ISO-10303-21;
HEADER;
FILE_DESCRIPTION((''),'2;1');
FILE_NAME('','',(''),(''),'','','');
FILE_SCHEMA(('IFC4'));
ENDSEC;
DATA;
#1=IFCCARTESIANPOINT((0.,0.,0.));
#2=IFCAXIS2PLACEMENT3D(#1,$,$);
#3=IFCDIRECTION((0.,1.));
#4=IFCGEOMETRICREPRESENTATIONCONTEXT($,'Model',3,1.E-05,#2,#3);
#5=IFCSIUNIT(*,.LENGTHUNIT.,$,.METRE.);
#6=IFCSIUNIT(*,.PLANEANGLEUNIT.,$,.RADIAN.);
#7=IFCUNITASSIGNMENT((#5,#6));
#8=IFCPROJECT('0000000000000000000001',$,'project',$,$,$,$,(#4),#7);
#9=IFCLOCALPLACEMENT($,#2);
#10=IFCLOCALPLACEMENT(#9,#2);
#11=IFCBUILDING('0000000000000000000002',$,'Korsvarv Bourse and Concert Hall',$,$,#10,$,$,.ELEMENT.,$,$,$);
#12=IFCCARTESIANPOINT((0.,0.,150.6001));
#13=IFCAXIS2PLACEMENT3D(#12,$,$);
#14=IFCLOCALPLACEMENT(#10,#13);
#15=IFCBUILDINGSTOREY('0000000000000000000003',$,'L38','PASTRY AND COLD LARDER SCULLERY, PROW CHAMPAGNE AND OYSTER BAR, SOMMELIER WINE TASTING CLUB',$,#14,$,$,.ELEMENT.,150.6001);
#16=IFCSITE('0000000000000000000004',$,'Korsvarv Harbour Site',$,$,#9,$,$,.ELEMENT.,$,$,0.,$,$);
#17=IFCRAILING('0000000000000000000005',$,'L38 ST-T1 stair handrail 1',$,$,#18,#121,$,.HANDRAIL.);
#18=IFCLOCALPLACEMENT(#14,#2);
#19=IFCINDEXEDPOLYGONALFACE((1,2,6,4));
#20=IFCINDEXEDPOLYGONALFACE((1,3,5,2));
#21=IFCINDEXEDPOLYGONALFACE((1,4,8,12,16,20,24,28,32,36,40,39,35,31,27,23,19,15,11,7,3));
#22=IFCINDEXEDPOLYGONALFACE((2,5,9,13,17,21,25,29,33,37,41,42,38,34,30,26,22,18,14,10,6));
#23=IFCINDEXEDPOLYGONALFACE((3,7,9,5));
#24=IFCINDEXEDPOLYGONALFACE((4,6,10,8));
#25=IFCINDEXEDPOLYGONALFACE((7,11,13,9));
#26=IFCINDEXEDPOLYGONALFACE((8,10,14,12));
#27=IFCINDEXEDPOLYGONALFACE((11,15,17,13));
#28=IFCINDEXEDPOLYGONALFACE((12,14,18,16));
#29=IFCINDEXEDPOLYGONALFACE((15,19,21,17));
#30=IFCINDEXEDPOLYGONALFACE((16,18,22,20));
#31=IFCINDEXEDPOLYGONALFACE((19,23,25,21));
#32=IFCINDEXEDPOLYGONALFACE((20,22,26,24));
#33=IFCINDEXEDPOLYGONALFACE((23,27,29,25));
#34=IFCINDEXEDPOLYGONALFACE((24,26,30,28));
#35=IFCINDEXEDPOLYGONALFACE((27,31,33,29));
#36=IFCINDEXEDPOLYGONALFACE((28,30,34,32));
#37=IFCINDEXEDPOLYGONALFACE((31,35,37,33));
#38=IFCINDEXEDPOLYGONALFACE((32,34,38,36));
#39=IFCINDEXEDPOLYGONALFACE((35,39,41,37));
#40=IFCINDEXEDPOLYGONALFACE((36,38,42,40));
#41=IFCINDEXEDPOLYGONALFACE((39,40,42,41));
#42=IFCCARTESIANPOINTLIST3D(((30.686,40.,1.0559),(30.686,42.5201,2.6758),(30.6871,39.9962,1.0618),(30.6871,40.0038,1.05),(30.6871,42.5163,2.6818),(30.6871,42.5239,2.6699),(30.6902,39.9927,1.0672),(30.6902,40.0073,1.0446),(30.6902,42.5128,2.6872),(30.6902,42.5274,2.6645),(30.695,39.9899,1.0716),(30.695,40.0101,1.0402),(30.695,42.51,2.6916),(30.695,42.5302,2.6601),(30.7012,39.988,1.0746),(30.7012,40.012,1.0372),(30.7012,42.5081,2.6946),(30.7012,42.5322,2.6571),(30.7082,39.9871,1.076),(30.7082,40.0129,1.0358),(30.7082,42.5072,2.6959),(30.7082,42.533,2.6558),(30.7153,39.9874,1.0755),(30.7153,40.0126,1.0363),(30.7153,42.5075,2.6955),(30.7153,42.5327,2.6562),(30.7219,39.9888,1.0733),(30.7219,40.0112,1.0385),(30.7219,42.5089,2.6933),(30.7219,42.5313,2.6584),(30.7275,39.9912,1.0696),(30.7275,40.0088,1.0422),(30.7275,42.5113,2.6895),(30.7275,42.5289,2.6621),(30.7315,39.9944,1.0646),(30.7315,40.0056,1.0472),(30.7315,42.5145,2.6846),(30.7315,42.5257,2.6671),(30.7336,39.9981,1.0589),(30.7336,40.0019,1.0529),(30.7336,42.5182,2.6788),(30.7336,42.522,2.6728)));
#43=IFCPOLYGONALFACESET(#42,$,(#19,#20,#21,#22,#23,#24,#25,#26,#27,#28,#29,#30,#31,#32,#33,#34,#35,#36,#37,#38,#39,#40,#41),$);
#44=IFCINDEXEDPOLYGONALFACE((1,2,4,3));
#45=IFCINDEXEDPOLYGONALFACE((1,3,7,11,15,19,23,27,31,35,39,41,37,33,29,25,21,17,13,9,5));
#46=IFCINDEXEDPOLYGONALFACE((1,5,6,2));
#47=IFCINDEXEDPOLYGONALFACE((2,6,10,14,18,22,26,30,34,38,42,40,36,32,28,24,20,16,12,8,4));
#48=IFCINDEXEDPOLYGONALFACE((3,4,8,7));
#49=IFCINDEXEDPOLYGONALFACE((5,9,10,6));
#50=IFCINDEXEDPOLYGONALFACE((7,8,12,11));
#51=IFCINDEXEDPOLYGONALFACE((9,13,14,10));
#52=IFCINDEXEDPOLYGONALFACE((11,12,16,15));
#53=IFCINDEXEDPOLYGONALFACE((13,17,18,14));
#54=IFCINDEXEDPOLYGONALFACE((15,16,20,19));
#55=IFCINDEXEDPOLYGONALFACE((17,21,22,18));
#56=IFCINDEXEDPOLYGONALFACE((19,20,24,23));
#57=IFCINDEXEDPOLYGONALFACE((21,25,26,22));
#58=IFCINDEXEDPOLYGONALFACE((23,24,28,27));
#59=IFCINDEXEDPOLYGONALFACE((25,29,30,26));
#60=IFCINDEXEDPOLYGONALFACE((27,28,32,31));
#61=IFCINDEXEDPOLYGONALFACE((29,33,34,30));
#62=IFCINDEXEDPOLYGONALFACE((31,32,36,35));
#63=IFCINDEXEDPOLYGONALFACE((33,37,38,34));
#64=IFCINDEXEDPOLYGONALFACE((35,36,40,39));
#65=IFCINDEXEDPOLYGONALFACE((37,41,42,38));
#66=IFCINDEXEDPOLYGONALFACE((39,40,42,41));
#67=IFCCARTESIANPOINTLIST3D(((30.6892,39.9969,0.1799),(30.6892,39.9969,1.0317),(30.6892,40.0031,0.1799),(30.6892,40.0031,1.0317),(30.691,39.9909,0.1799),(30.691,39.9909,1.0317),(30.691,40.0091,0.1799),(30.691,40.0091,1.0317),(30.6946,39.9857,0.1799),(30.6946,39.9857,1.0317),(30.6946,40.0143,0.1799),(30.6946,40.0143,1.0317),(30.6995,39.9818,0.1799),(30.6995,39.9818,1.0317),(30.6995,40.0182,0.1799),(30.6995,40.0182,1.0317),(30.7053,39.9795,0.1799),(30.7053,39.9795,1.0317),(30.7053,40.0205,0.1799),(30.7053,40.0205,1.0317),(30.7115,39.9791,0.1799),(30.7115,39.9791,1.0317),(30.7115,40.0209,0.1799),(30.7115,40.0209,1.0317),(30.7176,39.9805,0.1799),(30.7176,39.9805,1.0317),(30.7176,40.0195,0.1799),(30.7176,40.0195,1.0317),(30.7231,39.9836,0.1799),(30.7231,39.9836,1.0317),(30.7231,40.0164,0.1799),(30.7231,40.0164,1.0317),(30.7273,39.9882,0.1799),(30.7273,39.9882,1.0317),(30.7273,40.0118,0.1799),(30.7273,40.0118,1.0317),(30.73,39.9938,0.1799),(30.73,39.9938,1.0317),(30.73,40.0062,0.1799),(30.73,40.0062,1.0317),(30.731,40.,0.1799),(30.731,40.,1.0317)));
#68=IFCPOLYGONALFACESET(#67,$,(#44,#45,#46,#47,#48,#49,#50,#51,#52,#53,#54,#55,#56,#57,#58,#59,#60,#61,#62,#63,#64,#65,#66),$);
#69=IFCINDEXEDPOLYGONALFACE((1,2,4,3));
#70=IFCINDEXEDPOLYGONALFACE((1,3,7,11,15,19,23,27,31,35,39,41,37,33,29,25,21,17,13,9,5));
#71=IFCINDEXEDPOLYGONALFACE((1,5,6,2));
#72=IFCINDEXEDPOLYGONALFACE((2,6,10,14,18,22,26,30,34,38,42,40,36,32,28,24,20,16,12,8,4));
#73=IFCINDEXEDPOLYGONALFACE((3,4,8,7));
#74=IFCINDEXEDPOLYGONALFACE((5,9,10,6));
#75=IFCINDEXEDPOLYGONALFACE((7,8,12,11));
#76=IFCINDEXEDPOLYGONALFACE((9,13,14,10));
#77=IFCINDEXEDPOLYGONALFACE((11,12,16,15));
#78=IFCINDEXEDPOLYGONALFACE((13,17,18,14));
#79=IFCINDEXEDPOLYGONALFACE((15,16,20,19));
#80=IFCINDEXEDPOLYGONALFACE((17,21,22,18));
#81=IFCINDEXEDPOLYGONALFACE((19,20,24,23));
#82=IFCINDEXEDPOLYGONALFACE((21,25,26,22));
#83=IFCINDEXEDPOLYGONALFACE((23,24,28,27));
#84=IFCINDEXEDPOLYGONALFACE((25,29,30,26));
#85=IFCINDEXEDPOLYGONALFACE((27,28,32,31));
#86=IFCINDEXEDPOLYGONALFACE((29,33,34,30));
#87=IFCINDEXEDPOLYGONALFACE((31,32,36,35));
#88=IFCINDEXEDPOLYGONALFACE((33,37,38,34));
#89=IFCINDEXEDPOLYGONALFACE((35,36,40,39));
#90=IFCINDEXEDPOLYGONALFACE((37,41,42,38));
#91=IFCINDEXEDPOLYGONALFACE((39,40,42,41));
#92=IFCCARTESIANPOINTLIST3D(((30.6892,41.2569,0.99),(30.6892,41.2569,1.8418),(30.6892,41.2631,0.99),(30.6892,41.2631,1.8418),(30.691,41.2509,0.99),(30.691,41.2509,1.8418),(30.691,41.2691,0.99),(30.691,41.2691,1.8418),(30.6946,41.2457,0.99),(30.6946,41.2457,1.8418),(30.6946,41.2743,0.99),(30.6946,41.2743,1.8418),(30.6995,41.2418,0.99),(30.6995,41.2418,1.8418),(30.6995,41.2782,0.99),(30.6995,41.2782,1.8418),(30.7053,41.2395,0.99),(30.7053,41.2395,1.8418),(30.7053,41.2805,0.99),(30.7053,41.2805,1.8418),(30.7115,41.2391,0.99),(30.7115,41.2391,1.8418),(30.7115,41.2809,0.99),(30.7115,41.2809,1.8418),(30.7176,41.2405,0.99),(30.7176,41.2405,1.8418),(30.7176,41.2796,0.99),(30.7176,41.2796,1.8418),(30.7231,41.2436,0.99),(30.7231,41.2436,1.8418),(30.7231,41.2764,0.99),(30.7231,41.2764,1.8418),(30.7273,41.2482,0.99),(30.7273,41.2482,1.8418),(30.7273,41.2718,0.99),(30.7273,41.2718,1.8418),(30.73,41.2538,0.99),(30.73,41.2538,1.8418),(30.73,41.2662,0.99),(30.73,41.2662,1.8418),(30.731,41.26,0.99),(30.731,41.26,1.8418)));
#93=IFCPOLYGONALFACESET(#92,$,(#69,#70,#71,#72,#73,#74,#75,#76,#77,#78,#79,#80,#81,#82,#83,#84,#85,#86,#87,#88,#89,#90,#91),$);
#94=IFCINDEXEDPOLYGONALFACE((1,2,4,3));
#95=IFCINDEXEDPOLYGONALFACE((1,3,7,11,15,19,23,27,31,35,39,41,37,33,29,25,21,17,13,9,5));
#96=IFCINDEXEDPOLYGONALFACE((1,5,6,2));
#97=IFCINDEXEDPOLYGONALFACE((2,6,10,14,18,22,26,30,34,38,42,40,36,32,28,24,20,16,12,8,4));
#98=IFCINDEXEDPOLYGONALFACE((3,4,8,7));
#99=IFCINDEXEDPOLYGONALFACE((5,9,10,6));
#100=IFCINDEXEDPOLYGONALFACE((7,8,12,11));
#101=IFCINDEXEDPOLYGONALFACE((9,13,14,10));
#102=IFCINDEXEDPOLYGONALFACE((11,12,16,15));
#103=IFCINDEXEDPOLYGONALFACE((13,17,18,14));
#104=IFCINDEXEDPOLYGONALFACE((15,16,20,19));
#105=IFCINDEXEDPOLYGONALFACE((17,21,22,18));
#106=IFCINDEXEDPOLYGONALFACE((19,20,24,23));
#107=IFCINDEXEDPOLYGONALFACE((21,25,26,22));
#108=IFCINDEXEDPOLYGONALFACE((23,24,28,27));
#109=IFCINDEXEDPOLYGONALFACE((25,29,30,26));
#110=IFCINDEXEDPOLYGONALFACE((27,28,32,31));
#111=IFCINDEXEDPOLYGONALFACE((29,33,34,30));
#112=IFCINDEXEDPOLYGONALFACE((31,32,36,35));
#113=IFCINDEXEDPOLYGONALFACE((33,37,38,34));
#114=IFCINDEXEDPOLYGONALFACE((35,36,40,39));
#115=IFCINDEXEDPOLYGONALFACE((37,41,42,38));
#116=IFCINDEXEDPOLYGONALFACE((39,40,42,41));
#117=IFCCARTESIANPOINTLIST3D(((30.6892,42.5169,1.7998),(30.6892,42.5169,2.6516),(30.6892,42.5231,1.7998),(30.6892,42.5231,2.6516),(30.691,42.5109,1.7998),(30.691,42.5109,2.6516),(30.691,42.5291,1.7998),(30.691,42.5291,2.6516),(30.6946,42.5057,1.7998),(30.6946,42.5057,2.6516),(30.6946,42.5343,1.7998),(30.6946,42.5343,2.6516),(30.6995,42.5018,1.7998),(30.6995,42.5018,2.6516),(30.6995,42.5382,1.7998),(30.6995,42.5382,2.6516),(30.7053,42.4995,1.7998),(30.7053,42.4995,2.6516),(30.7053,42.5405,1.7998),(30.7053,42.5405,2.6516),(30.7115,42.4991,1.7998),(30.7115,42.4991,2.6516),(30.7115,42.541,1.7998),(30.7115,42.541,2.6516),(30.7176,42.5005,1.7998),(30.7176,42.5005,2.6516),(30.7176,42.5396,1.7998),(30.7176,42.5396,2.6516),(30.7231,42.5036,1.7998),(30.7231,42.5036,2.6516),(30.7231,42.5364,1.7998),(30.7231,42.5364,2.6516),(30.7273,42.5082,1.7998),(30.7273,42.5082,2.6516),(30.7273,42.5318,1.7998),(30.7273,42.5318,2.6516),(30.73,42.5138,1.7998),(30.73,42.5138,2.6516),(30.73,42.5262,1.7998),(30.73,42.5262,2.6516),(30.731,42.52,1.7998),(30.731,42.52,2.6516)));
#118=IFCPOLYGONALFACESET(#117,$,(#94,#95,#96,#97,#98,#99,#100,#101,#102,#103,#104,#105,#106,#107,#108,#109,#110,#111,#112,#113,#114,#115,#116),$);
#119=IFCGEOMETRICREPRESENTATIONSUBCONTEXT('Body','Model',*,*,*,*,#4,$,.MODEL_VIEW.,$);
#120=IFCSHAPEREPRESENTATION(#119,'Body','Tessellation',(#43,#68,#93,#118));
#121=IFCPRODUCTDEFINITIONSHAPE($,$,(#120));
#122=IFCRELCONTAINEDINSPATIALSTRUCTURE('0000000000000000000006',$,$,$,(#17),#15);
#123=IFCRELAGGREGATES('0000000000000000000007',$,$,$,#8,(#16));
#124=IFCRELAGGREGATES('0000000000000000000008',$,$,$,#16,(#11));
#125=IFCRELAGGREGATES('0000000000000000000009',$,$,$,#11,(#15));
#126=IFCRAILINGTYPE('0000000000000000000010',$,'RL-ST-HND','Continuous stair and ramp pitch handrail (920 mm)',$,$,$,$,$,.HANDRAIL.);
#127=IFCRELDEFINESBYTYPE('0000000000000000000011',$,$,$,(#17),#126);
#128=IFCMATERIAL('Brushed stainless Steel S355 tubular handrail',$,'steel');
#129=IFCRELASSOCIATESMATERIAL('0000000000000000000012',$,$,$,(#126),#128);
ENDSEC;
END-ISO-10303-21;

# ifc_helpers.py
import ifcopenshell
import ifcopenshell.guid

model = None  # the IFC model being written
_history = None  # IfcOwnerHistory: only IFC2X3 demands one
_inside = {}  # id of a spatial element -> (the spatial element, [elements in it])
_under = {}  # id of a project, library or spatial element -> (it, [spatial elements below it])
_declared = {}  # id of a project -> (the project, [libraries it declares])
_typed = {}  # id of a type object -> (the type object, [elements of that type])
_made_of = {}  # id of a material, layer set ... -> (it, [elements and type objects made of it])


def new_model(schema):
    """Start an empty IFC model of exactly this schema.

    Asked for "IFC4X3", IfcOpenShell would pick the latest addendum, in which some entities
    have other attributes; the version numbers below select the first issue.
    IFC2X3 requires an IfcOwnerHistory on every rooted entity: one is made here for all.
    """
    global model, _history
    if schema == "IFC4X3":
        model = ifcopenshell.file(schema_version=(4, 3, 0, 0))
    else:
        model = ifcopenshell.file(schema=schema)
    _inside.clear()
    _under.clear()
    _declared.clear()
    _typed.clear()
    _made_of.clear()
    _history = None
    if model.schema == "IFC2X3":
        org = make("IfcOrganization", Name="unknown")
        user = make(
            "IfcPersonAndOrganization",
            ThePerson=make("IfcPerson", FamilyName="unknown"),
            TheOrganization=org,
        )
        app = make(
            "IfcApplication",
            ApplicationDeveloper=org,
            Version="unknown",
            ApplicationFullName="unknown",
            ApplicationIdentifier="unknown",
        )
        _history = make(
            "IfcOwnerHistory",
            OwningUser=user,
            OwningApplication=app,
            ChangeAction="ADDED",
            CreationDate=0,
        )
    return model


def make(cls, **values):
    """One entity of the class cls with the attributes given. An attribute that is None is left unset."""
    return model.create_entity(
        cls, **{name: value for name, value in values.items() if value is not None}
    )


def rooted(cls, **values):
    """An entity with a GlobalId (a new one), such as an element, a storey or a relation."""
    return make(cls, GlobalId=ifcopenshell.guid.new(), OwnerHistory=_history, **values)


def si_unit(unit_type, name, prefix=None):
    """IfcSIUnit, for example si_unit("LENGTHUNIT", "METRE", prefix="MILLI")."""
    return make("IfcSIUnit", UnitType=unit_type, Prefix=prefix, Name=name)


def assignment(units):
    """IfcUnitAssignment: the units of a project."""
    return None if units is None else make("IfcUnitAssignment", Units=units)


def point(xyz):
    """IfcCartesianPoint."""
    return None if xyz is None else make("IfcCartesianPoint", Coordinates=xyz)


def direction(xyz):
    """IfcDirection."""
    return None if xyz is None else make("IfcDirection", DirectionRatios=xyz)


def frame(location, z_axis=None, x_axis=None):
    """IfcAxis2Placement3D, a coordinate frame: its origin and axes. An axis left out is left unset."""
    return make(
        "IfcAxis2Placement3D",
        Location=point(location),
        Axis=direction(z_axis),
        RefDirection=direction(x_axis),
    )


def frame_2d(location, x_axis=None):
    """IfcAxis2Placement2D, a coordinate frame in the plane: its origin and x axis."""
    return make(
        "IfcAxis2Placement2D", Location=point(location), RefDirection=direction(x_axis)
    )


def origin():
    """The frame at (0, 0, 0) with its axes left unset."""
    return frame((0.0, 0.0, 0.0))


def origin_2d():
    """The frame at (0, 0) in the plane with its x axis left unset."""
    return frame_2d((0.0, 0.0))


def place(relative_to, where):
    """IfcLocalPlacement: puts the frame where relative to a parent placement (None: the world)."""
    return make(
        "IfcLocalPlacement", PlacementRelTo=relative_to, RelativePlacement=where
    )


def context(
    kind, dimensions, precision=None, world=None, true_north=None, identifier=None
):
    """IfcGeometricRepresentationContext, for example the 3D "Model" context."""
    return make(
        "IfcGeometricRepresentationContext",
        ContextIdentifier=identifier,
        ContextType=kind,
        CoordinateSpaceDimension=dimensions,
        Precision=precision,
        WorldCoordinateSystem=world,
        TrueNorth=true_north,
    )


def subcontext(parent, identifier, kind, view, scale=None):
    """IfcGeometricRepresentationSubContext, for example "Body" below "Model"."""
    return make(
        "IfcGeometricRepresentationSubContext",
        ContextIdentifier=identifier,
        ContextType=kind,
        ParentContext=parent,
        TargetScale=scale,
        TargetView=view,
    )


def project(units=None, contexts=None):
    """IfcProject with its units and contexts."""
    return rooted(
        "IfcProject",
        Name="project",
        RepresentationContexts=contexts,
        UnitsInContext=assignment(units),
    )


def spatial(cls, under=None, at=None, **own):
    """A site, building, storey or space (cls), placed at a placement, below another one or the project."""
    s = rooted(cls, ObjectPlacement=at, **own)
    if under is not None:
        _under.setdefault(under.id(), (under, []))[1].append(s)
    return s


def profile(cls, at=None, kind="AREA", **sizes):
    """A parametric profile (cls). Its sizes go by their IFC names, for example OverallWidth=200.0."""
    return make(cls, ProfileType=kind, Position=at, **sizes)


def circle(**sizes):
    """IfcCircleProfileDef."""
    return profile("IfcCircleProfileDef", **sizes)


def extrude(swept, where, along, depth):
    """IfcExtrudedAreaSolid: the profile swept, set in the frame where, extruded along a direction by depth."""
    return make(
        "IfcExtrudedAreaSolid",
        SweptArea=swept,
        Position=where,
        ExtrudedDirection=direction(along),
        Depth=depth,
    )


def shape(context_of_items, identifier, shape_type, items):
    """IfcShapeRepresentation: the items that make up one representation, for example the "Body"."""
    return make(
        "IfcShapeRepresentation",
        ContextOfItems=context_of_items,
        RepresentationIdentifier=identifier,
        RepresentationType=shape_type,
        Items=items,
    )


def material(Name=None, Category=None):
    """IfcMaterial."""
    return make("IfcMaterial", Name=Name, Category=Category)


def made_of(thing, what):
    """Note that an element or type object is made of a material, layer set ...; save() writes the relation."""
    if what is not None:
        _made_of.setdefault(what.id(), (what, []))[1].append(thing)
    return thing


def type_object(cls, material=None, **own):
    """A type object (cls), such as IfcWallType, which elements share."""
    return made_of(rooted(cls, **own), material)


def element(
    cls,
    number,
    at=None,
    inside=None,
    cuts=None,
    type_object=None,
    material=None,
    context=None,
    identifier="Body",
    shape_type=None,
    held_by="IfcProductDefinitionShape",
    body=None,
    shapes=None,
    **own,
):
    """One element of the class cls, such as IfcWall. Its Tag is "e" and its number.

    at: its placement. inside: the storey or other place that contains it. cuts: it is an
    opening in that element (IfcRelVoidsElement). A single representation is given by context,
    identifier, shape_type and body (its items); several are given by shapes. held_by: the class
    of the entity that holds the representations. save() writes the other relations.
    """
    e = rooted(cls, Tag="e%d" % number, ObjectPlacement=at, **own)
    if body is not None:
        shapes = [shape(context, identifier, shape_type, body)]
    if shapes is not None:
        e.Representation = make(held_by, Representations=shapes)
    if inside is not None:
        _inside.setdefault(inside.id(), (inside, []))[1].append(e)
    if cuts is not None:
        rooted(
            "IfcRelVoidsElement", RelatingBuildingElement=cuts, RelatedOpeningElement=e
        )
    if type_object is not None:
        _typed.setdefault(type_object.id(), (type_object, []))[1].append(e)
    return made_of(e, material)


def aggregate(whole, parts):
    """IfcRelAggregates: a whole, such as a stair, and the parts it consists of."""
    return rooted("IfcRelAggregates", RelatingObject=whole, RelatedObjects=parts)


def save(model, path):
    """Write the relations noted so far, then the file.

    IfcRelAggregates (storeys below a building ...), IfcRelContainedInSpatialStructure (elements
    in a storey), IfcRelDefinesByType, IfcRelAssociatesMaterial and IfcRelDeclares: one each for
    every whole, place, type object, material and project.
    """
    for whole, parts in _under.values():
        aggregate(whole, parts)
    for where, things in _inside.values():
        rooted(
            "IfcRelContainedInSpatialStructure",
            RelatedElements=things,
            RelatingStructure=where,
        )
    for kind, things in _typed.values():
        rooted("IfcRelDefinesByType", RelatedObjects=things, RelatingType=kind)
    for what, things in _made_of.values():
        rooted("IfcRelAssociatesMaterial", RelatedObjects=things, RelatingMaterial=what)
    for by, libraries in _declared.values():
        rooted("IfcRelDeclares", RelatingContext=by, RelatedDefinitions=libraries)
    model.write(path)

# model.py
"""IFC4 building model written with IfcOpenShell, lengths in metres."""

from ifc_helpers import new_model, si_unit, direction, frame, origin, origin_2d, place, context, subcontext, project, spatial, circle, extrude, material, type_object, element, save


model = new_model("IFC4")

# Units and contexts
model_context = context("Model", 3, precision=1e-05, world=origin(), true_north=direction((0.0, 1.0)))
body_context = subcontext(model_context, "Body", "Model", "MODEL_VIEW")
ifc_project = project(units=[si_unit("LENGTHUNIT", "METRE"), si_unit("PLANEANGLEUNIT", "RADIAN")], contexts=[model_context])

# Site, building, storey
site_placement = place(None, origin())
site = spatial("IfcSite", under=ifc_project, at=site_placement, Name="Korsvarv Harbour Site", CompositionType="ELEMENT", RefElevation=0.0)
building_placement = place(site_placement, origin())
building = spatial("IfcBuilding", under=site, at=building_placement, Name="Korsvarv Bourse and Concert Hall", CompositionType="ELEMENT")
storey_placement = place(building_placement, frame((0.0, 0.0, 150.6001)))
storey = spatial("IfcBuildingStorey", under=building, at=storey_placement, Name="L38", Description="PASTRY AND COLD LARDER SCULLERY, PROW CHAMPAGNE AND OYSTER BAR, SOMMELIER WINE TASTING CLUB", CompositionType="ELEMENT", Elevation=150.6001)

# Railing
ifc_material_1 = material(Name="Brushed stainless Steel S355 tubular handrail", Category="steel")
railing_type_1 = type_object("IfcRailingType", Name="RL-ST-HND", Description="Continuous stair and ramp pitch handrail (920 mm)", PredefinedType="HANDRAIL", material=ifc_material_1)
railing_1_placement = place(storey_placement, frame((30.71, 40.0, 0.1799)))
element("IfcRailing", 1, at=railing_1_placement, inside=storey, type_object=railing_type_1, Name="L38 ST-T1 stair handrail 1", PredefinedType="HANDRAIL", context=body_context, shape_type="SweptSolid", body=[
    extrude(circle(Radius=0.0239, at=origin_2d()), frame((0.0, 0.0, 0.876), z_axis=(0.0, 0.8412, 0.540725), x_axis=(-1.0, 0.0, 0.0)), (0.0, 0.0, 1.0), 2.9958),
    extrude(circle(Radius=0.021, at=origin_2d()), origin(), (0.0, 0.0, 1.0), 0.8518),
    extrude(circle(Radius=0.021, at=origin_2d()), frame((0.0, 1.26, 0.8101)), (0.0, 0.0, 1.0), 0.8518),
    extrude(circle(Radius=0.021, at=origin_2d()), frame((0.0, 2.52, 1.6199)), (0.0, 0.0, 1.0), 0.8518),
])

save(model, "model.ifc")
